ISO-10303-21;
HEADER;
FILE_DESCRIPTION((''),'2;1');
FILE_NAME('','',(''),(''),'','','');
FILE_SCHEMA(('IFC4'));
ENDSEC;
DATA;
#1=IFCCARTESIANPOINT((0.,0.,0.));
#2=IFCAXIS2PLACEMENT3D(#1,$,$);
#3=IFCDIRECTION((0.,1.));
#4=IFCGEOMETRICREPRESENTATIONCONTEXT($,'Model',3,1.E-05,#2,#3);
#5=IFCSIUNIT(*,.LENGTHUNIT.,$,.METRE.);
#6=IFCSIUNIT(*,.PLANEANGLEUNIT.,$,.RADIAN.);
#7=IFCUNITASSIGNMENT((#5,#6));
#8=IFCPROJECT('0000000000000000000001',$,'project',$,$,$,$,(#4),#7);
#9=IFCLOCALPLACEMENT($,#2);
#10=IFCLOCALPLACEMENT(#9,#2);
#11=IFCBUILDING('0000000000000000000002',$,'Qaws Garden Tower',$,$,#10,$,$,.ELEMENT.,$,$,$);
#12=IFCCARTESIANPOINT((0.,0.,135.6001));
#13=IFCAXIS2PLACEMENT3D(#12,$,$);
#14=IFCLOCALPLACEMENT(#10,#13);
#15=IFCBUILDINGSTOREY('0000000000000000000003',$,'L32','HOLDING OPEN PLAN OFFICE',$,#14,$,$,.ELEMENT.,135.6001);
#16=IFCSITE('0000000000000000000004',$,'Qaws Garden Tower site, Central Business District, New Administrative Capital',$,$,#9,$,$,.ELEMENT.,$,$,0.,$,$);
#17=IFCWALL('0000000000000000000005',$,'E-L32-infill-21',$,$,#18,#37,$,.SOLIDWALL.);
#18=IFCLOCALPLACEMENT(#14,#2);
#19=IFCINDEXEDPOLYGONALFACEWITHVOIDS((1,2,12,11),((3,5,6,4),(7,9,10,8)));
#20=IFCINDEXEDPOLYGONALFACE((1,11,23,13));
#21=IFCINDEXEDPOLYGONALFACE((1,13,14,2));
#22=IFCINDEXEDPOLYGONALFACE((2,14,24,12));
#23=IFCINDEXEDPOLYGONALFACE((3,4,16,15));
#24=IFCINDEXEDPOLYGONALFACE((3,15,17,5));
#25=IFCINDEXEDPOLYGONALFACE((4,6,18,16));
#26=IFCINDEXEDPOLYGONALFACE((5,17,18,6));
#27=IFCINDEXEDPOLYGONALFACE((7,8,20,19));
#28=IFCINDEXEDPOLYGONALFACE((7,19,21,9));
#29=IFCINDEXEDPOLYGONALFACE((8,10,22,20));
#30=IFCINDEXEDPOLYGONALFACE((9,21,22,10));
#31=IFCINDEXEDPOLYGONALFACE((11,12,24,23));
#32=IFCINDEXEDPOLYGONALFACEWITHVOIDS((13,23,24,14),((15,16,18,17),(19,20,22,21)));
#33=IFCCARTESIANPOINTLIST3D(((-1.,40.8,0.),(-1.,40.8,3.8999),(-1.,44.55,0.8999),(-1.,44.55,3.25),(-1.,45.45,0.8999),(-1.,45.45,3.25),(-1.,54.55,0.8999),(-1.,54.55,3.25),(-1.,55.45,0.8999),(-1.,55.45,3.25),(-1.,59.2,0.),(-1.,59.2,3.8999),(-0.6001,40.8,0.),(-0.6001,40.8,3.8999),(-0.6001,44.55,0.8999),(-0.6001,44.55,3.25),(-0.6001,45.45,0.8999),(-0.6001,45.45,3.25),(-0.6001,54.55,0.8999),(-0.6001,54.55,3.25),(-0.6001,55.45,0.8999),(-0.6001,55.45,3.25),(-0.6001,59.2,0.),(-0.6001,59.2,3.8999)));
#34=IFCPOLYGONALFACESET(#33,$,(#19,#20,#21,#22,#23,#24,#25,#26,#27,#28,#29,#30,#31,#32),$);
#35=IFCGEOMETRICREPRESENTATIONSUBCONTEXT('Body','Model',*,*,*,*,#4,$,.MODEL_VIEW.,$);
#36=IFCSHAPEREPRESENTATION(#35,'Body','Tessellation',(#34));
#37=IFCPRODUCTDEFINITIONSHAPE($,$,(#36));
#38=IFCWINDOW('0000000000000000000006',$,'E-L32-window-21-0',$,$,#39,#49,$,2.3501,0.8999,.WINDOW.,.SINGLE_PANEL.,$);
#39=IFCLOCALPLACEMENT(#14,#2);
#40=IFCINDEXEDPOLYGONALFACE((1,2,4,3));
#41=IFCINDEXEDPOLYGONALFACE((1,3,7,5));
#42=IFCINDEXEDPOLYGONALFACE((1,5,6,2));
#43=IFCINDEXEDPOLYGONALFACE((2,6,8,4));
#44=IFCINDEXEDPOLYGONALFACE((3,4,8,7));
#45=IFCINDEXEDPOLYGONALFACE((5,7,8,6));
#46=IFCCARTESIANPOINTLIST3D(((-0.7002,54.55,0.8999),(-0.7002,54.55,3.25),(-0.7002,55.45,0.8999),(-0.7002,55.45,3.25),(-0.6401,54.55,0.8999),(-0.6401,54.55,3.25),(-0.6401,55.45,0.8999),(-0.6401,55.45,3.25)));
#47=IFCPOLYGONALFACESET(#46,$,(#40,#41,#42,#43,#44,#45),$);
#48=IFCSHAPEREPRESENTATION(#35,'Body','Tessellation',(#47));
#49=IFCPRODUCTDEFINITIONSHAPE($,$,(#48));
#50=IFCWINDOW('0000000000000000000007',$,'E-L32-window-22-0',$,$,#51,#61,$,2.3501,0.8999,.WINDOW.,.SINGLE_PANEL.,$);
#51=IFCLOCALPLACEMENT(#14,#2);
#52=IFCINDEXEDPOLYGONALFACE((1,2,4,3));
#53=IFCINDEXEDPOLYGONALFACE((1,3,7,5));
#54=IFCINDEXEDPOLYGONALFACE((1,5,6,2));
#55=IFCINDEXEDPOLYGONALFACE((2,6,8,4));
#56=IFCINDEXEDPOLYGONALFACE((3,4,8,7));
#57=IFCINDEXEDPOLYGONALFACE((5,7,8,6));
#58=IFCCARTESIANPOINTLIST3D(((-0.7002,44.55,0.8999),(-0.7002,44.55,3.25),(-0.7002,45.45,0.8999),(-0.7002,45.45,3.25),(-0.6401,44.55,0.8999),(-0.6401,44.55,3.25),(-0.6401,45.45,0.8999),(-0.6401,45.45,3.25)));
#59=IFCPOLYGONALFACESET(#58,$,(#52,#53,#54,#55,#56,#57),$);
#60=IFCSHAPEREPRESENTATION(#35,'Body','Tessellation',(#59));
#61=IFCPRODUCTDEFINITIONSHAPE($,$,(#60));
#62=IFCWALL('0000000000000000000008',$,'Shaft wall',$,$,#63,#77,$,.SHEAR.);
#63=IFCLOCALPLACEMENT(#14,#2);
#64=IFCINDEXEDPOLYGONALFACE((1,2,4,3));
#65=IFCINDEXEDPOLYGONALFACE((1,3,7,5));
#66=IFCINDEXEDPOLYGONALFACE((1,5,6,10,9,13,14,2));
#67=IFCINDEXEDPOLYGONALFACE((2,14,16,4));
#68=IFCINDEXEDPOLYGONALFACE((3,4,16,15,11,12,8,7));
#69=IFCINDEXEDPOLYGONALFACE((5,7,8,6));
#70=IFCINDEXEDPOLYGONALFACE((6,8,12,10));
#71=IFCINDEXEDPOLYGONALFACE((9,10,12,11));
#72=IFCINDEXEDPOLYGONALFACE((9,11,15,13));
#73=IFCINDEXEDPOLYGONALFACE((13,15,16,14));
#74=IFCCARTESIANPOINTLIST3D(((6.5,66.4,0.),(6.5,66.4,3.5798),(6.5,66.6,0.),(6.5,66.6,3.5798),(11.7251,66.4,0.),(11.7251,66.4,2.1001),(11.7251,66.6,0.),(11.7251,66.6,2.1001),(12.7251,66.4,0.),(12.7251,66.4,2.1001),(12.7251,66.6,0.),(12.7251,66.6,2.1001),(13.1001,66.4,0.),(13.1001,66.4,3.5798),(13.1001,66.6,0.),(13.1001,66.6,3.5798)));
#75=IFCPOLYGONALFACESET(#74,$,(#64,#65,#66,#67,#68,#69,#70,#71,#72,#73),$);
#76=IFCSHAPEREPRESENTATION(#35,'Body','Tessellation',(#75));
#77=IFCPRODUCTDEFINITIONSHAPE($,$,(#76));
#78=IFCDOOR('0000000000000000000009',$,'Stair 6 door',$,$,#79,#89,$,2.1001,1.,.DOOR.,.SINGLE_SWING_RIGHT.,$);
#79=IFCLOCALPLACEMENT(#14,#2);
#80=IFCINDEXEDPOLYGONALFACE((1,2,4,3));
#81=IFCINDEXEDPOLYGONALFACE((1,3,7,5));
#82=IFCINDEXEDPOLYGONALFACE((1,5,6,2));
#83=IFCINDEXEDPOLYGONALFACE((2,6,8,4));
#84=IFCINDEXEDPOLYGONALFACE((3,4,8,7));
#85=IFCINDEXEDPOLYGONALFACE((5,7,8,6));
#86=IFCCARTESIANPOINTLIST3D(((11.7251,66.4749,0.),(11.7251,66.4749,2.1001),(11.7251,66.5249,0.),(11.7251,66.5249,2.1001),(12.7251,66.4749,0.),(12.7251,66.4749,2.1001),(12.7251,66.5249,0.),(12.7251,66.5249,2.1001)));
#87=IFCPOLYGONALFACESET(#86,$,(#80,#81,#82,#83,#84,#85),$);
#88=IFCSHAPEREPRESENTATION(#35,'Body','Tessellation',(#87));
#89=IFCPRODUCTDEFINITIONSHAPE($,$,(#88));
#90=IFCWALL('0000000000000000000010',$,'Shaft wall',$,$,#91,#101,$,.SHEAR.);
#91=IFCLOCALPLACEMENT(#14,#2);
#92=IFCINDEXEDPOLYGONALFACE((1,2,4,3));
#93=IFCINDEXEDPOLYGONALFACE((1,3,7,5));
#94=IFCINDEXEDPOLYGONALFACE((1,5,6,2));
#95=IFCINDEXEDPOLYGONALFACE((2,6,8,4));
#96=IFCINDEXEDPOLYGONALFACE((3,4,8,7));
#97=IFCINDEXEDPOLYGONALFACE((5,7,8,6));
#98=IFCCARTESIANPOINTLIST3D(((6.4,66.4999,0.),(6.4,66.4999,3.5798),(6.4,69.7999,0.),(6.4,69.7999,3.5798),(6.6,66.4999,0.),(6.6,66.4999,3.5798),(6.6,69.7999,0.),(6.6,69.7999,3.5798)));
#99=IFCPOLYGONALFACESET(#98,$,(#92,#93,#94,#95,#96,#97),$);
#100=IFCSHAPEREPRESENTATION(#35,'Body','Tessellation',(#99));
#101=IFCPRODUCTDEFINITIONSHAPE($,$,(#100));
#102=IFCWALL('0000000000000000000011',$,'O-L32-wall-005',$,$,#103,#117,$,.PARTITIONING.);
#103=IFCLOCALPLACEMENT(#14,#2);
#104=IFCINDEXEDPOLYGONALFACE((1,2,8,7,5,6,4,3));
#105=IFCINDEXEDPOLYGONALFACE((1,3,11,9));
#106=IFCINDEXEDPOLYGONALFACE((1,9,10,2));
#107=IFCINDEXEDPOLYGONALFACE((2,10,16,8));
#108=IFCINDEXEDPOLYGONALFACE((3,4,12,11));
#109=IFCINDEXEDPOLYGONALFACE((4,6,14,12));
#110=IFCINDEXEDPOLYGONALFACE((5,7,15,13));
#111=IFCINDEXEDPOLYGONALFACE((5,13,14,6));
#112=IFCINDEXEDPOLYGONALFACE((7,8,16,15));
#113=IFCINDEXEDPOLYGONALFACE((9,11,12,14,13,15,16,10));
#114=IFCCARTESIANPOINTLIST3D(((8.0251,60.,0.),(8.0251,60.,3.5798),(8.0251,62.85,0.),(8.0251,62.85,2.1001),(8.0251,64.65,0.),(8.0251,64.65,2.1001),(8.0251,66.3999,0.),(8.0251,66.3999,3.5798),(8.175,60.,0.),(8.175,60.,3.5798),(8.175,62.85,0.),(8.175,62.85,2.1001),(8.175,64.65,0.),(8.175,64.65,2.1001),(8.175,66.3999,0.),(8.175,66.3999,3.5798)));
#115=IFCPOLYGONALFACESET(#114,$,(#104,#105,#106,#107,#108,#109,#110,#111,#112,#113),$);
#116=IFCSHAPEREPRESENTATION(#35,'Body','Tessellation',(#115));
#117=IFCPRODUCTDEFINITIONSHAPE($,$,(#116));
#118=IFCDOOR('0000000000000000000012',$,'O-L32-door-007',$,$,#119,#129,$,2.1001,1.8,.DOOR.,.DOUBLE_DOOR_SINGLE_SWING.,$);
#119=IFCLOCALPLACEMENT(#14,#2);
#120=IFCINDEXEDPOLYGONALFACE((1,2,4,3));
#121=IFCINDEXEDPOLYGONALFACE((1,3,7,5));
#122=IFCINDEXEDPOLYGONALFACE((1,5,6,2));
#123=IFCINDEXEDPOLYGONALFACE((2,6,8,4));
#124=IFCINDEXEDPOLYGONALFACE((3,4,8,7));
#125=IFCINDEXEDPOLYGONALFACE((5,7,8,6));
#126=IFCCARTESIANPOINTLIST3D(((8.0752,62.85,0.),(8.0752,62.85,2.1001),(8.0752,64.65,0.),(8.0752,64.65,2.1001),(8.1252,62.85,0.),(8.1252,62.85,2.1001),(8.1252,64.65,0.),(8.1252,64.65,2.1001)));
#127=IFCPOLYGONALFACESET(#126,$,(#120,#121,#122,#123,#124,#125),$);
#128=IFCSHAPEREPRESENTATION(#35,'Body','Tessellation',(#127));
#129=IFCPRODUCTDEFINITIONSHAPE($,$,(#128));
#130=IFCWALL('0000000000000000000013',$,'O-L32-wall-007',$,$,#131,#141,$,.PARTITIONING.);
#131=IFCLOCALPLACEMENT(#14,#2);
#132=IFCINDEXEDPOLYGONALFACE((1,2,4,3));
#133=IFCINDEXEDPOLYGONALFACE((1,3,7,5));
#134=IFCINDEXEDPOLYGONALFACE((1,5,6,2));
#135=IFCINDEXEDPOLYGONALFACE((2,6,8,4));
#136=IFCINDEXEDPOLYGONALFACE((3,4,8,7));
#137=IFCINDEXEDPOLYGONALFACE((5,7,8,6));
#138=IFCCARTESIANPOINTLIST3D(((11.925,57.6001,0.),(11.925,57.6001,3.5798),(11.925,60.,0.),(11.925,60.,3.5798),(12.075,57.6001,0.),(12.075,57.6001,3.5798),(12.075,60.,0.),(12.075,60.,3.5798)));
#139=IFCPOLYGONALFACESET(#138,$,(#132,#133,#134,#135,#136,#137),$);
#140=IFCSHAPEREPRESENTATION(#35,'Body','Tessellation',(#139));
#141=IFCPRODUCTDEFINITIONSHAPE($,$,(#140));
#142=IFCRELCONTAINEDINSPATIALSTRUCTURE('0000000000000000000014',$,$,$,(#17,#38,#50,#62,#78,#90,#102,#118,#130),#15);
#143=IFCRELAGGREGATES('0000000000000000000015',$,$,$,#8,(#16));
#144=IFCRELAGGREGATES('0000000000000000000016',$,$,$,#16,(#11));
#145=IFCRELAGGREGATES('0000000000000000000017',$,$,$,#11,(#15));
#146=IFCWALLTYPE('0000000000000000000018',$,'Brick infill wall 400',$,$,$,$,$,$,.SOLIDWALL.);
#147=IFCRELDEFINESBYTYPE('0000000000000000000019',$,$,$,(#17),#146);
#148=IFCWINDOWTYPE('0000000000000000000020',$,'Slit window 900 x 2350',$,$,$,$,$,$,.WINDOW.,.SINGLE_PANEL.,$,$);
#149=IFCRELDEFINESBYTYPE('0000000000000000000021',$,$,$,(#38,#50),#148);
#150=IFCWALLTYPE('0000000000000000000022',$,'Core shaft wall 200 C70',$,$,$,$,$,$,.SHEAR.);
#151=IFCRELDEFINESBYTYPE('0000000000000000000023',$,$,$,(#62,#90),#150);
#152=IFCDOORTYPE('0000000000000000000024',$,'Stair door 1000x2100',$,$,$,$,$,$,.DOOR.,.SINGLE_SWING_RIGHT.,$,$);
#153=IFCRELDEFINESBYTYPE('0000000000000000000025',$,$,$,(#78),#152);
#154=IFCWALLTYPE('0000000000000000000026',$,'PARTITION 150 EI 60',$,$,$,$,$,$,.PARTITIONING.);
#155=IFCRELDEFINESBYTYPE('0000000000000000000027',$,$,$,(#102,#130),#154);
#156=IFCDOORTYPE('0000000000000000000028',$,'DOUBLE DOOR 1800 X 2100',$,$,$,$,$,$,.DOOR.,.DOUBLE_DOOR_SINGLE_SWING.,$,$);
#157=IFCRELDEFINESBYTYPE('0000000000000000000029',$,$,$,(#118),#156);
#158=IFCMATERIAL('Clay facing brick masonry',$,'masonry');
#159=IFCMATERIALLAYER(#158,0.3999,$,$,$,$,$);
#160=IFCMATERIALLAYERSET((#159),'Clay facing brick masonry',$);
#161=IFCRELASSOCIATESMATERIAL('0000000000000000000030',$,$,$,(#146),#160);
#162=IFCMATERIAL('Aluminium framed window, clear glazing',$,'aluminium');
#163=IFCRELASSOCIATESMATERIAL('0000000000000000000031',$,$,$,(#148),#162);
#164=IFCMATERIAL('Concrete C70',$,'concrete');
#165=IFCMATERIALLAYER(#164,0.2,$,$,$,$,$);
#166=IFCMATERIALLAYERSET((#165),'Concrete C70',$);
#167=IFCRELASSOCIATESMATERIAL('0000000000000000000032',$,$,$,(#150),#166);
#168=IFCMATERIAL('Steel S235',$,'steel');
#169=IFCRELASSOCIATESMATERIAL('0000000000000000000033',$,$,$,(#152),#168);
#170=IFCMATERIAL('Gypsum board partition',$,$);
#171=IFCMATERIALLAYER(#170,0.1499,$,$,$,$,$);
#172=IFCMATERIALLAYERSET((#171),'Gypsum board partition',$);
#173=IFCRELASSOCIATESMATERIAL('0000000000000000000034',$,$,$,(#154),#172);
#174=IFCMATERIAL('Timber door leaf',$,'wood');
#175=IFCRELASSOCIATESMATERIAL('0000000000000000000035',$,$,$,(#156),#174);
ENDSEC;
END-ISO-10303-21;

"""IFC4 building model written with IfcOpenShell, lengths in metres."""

from ifc_helpers import new_model, si_unit, direction, frame, frame_2d, origin, place, context, subcontext, project, spatial, rectangle, extrude, material, layer, layer_set, type_object, element, fill, save


model = new_model("IFC4")

# Units and contexts
model_context = context("Model", 3, precision=1e-05, world=origin(), true_north=direction((0.0, 1.0)))
body_context = subcontext(model_context, "Body", "Model", "MODEL_VIEW")
ifc_project = project(units=[si_unit("LENGTHUNIT", "METRE"), si_unit("PLANEANGLEUNIT", "RADIAN")], contexts=[model_context])

# Site, building, storey
site_placement = place(None, origin())
site = spatial("IfcSite", under=ifc_project, at=site_placement, Name="Qaws Garden Tower site, Central Business District, New Administrative Capital", CompositionType="ELEMENT", RefElevation=0.0)
building_placement = place(site_placement, origin())
building = spatial("IfcBuilding", under=site, at=building_placement, Name="Qaws Garden Tower", CompositionType="ELEMENT")
storey_placement = place(building_placement, frame((0.0, 0.0, 135.6001)))
storey = spatial("IfcBuildingStorey", under=building, at=storey_placement, Name="L32", Description="HOLDING OPEN PLAN OFFICE", CompositionType="ELEMENT", Elevation=135.6001)

# Shared definitions
ifc_material_1 = material(Name="Clay facing brick masonry", Category="masonry")
ifc_layer_1 = layer(ifc_material_1, 0.3999)
ifc_layer_set_1 = layer_set([ifc_layer_1], Name="Clay facing brick masonry")
wall_type_1 = type_object("IfcWallType", Name="Brick infill wall 400", PredefinedType="SOLIDWALL", material=ifc_layer_set_1)

# Wall, openings, windows
wall_1_placement = place(storey_placement, frame((-0.8, 59.2, 0.0), z_axis=(0.0, 0.0, 1.0), x_axis=(0.0, -1.0, 0.0)))
wall_1 = element("IfcWall", 1, at=wall_1_placement, inside=storey, type_object=wall_type_1, Name="E-L32-infill-21", PredefinedType="SOLIDWALL", context=body_context, shape_type="SweptSolid", body=[
    extrude(rectangle(XDim=18.3999, YDim=0.3999, at=frame_2d((9.2, 0.0))), origin(), (0.0, 0.0, 1.0), 3.8999),
])
opening_1_placement = place(wall_1_placement, frame((3.75, 0.0, 0.8999)))
opening_1 = element("IfcOpeningElement", 2, at=opening_1_placement, cuts=wall_1, PredefinedType="OPENING", context=body_context, shape_type="SweptSolid", body=[
    extrude(rectangle(XDim=0.8999, YDim=2.3501, at=frame_2d((0.45, 1.175))), frame((0.0, 0.21, 0.0), z_axis=(0.0, -1.0, 0.0), x_axis=(1.0, 0.0, 0.0)), (0.0, 0.0, 1.0), 0.4199),
])
opening_2_placement = place(wall_1_placement, frame((13.75, 0.0, 0.8999)))
opening_2 = element("IfcOpeningElement", 3, at=opening_2_placement, cuts=wall_1, PredefinedType="OPENING", context=body_context, shape_type="SweptSolid", body=[
    extrude(rectangle(XDim=0.8999, YDim=2.3501, at=frame_2d((0.45, 1.175))), frame((0.0, 0.21, 0.0), z_axis=(0.0, -1.0, 0.0), x_axis=(1.0, 0.0, 0.0)), (0.0, 0.0, 1.0), 0.4199),
])
ifc_material_2 = material(Name="Aluminium framed window, clear glazing", Category="aluminium")
window_type_1 = type_object("IfcWindowType", Name="Slit window 900 x 2350", PartitioningType="SINGLE_PANEL", PredefinedType="WINDOW", material=ifc_material_2)
window_1_placement = place(opening_1_placement, origin())
window_1 = element("IfcWindow", 4, at=window_1_placement, inside=storey, type_object=window_type_1, Name="E-L32-window-21-0", OverallHeight=2.3501, OverallWidth=0.8999, PartitioningType="SINGLE_PANEL", PredefinedType="WINDOW", context=body_context, shape_type="SweptSolid", body=[
    extrude(rectangle(XDim=0.8999, YDim=2.3501, at=frame_2d((0.45, 1.175))), frame((0.0, 0.1599, 0.0), z_axis=(0.0, -1.0, 0.0), x_axis=(1.0, 0.0, 0.0)), (0.0, 0.0, 1.0), 0.0601),
])
fill(opening_1, window_1)
window_2_placement = place(opening_2_placement, origin())
window_2 = element("IfcWindow", 5, at=window_2_placement, inside=storey, type_object=window_type_1, Name="E-L32-window-22-0", OverallHeight=2.3501, OverallWidth=0.8999, PartitioningType="SINGLE_PANEL", PredefinedType="WINDOW", context=body_context, shape_type="SweptSolid", body=[
    extrude(rectangle(XDim=0.8999, YDim=2.3501, at=frame_2d((0.45, 1.175))), frame((0.0, 0.1599, 0.0), z_axis=(0.0, -1.0, 0.0), x_axis=(1.0, 0.0, 0.0)), (0.0, 0.0, 1.0), 0.0601),
])
fill(opening_2, window_2)

# Wall, opening, door
ifc_material_3 = material(Name="Concrete C70", Category="concrete")
ifc_layer_2 = layer(ifc_material_3, 0.2)
ifc_layer_set_2 = layer_set([ifc_layer_2], Name="Concrete C70")
wall_type_2 = type_object("IfcWallType", Name="Core shaft wall 200 C70", PredefinedType="SHEAR", material=ifc_layer_set_2)
wall_2_placement = place(storey_placement, frame((6.5, 66.5, 0.0), z_axis=(0.0, 0.0, 1.0), x_axis=(1.0, 0.0, 0.0)))
wall_2 = element("IfcWall", 6, at=wall_2_placement, inside=storey, type_object=wall_type_2, Name="Shaft wall", PredefinedType="SHEAR", context=body_context, shape_type="SweptSolid", body=[
    extrude(rectangle(XDim=6.6001, YDim=0.2, at=frame_2d((3.3, 0.0))), origin(), (0.0, 0.0, 1.0), 3.5798),
])
opening_3_placement = place(wall_2_placement, frame((5.2251, 0.0, 0.0)))
opening_3 = element("IfcOpeningElement", 7, at=opening_3_placement, cuts=wall_2, PredefinedType="OPENING", context=body_context, shape_type="SweptSolid", body=[
    extrude(rectangle(XDim=1.0, YDim=2.1001, at=frame_2d((0.5, 1.05))), frame((0.0, 0.1099, 0.0), z_axis=(0.0, -1.0, 0.0), x_axis=(1.0, 0.0, 0.0)), (0.0, 0.0, 1.0), 0.22),
])
ifc_material_4 = material(Name="Steel S235", Category="steel")
door_type_1 = type_object("IfcDoorType", Name="Stair door 1000x2100", OperationType="SINGLE_SWING_RIGHT", PredefinedType="DOOR", material=ifc_material_4)
door_1_placement = place(opening_3_placement, origin())
door_1 = element("IfcDoor", 8, at=door_1_placement, inside=storey, type_object=door_type_1, Name="Stair 6 door", OperationType="SINGLE_SWING_RIGHT", OverallHeight=2.1001, OverallWidth=1.0, PredefinedType="DOOR", context=body_context, shape_type="SweptSolid", body=[
    extrude(rectangle(XDim=1.0, YDim=2.1001, at=frame_2d((0.5, 1.05))), frame((0.0, 0.0249, 0.0), z_axis=(0.0, -1.0, 0.0), x_axis=(1.0, 0.0, 0.0)), (0.0, 0.0, 1.0), 0.05),
])
fill(opening_3, door_1)

# Wall
wall_3_placement = place(storey_placement, frame((6.5, 66.5, 0.0), z_axis=(0.0, 0.0, 1.0), x_axis=(0.0, 1.0, 0.0)))
element("IfcWall", 9, at=wall_3_placement, inside=storey, type_object=wall_type_2, Name="Shaft wall", PredefinedType="SHEAR", context=body_context, shape_type="SweptSolid", body=[
    extrude(rectangle(XDim=3.3, YDim=0.2, at=frame_2d((1.6499, 0.0))), origin(), (0.0, 0.0, 1.0), 3.5798),
])

# Wall, opening, door
ifc_material_5 = material(Name="Gypsum board partition")
ifc_layer_3 = layer(ifc_material_5, 0.1499)
ifc_layer_set_3 = layer_set([ifc_layer_3], Name="Gypsum board partition")
wall_type_3 = type_object("IfcWallType", Name="PARTITION 150 EI 60", PredefinedType="PARTITIONING", material=ifc_layer_set_3)
wall_4_placement = place(storey_placement, frame((8.1001, 60.0, 0.0), z_axis=(0.0, 0.0, 1.0), x_axis=(0.0, 1.0, 0.0)))
wall_4 = element("IfcWall", 10, at=wall_4_placement, inside=storey, type_object=wall_type_3, Name="O-L32-wall-005", PredefinedType="PARTITIONING", context=body_context, shape_type="SweptSolid", body=[
    extrude(rectangle(XDim=6.3999, YDim=0.1499, at=frame_2d((3.2, 0.0))), origin(), (0.0, 0.0, 1.0), 3.5798),
])
opening_4_placement = place(wall_4_placement, frame((2.8501, 0.0, 0.0)))
opening_4 = element("IfcOpeningElement", 11, at=opening_4_placement, cuts=wall_4, PredefinedType="OPENING", context=body_context, shape_type="SweptSolid", body=[
    extrude(rectangle(XDim=1.8, YDim=2.1001, at=frame_2d((0.8999, 1.05))), frame((0.0, 0.085, 0.0), z_axis=(0.0, -1.0, 0.0), x_axis=(1.0, 0.0, 0.0)), (0.0, 0.0, 1.0), 0.1699),
])
ifc_material_6 = material(Name="Timber door leaf", Category="wood")
door_type_2 = type_object("IfcDoorType", Name="DOUBLE DOOR 1800 X 2100", OperationType="DOUBLE_DOOR_SINGLE_SWING", PredefinedType="DOOR", material=ifc_material_6)
door_2_placement = place(opening_4_placement, origin())
door_2 = element("IfcDoor", 12, at=door_2_placement, inside=storey, type_object=door_type_2, Name="O-L32-door-007", OperationType="DOUBLE_DOOR_SINGLE_SWING", OverallHeight=2.1001, OverallWidth=1.8, PredefinedType="DOOR", context=body_context, shape_type="SweptSolid", body=[
    extrude(rectangle(XDim=1.8, YDim=2.1001, at=frame_2d((0.8999, 1.05))), frame((0.0, 0.0249, 0.0), z_axis=(0.0, -1.0, 0.0), x_axis=(1.0, 0.0, 0.0)), (0.0, 0.0, 1.0), 0.05),
])
fill(opening_4, door_2)

# Wall
wall_5_placement = place(storey_placement, frame((12.0, 57.6001, 0.0), z_axis=(0.0, 0.0, 1.0), x_axis=(0.0, 1.0, 0.0)))
element("IfcWall", 13, at=wall_5_placement, inside=storey, type_object=wall_type_3, Name="O-L32-wall-007", PredefinedType="PARTITIONING", context=body_context, shape_type="SweptSolid", body=[
    extrude(rectangle(XDim=2.3999, YDim=0.1499, at=frame_2d((1.2, 0.0))), origin(), (0.0, 0.0, 1.0), 3.5798),
])

save(model, "model.ifc")
